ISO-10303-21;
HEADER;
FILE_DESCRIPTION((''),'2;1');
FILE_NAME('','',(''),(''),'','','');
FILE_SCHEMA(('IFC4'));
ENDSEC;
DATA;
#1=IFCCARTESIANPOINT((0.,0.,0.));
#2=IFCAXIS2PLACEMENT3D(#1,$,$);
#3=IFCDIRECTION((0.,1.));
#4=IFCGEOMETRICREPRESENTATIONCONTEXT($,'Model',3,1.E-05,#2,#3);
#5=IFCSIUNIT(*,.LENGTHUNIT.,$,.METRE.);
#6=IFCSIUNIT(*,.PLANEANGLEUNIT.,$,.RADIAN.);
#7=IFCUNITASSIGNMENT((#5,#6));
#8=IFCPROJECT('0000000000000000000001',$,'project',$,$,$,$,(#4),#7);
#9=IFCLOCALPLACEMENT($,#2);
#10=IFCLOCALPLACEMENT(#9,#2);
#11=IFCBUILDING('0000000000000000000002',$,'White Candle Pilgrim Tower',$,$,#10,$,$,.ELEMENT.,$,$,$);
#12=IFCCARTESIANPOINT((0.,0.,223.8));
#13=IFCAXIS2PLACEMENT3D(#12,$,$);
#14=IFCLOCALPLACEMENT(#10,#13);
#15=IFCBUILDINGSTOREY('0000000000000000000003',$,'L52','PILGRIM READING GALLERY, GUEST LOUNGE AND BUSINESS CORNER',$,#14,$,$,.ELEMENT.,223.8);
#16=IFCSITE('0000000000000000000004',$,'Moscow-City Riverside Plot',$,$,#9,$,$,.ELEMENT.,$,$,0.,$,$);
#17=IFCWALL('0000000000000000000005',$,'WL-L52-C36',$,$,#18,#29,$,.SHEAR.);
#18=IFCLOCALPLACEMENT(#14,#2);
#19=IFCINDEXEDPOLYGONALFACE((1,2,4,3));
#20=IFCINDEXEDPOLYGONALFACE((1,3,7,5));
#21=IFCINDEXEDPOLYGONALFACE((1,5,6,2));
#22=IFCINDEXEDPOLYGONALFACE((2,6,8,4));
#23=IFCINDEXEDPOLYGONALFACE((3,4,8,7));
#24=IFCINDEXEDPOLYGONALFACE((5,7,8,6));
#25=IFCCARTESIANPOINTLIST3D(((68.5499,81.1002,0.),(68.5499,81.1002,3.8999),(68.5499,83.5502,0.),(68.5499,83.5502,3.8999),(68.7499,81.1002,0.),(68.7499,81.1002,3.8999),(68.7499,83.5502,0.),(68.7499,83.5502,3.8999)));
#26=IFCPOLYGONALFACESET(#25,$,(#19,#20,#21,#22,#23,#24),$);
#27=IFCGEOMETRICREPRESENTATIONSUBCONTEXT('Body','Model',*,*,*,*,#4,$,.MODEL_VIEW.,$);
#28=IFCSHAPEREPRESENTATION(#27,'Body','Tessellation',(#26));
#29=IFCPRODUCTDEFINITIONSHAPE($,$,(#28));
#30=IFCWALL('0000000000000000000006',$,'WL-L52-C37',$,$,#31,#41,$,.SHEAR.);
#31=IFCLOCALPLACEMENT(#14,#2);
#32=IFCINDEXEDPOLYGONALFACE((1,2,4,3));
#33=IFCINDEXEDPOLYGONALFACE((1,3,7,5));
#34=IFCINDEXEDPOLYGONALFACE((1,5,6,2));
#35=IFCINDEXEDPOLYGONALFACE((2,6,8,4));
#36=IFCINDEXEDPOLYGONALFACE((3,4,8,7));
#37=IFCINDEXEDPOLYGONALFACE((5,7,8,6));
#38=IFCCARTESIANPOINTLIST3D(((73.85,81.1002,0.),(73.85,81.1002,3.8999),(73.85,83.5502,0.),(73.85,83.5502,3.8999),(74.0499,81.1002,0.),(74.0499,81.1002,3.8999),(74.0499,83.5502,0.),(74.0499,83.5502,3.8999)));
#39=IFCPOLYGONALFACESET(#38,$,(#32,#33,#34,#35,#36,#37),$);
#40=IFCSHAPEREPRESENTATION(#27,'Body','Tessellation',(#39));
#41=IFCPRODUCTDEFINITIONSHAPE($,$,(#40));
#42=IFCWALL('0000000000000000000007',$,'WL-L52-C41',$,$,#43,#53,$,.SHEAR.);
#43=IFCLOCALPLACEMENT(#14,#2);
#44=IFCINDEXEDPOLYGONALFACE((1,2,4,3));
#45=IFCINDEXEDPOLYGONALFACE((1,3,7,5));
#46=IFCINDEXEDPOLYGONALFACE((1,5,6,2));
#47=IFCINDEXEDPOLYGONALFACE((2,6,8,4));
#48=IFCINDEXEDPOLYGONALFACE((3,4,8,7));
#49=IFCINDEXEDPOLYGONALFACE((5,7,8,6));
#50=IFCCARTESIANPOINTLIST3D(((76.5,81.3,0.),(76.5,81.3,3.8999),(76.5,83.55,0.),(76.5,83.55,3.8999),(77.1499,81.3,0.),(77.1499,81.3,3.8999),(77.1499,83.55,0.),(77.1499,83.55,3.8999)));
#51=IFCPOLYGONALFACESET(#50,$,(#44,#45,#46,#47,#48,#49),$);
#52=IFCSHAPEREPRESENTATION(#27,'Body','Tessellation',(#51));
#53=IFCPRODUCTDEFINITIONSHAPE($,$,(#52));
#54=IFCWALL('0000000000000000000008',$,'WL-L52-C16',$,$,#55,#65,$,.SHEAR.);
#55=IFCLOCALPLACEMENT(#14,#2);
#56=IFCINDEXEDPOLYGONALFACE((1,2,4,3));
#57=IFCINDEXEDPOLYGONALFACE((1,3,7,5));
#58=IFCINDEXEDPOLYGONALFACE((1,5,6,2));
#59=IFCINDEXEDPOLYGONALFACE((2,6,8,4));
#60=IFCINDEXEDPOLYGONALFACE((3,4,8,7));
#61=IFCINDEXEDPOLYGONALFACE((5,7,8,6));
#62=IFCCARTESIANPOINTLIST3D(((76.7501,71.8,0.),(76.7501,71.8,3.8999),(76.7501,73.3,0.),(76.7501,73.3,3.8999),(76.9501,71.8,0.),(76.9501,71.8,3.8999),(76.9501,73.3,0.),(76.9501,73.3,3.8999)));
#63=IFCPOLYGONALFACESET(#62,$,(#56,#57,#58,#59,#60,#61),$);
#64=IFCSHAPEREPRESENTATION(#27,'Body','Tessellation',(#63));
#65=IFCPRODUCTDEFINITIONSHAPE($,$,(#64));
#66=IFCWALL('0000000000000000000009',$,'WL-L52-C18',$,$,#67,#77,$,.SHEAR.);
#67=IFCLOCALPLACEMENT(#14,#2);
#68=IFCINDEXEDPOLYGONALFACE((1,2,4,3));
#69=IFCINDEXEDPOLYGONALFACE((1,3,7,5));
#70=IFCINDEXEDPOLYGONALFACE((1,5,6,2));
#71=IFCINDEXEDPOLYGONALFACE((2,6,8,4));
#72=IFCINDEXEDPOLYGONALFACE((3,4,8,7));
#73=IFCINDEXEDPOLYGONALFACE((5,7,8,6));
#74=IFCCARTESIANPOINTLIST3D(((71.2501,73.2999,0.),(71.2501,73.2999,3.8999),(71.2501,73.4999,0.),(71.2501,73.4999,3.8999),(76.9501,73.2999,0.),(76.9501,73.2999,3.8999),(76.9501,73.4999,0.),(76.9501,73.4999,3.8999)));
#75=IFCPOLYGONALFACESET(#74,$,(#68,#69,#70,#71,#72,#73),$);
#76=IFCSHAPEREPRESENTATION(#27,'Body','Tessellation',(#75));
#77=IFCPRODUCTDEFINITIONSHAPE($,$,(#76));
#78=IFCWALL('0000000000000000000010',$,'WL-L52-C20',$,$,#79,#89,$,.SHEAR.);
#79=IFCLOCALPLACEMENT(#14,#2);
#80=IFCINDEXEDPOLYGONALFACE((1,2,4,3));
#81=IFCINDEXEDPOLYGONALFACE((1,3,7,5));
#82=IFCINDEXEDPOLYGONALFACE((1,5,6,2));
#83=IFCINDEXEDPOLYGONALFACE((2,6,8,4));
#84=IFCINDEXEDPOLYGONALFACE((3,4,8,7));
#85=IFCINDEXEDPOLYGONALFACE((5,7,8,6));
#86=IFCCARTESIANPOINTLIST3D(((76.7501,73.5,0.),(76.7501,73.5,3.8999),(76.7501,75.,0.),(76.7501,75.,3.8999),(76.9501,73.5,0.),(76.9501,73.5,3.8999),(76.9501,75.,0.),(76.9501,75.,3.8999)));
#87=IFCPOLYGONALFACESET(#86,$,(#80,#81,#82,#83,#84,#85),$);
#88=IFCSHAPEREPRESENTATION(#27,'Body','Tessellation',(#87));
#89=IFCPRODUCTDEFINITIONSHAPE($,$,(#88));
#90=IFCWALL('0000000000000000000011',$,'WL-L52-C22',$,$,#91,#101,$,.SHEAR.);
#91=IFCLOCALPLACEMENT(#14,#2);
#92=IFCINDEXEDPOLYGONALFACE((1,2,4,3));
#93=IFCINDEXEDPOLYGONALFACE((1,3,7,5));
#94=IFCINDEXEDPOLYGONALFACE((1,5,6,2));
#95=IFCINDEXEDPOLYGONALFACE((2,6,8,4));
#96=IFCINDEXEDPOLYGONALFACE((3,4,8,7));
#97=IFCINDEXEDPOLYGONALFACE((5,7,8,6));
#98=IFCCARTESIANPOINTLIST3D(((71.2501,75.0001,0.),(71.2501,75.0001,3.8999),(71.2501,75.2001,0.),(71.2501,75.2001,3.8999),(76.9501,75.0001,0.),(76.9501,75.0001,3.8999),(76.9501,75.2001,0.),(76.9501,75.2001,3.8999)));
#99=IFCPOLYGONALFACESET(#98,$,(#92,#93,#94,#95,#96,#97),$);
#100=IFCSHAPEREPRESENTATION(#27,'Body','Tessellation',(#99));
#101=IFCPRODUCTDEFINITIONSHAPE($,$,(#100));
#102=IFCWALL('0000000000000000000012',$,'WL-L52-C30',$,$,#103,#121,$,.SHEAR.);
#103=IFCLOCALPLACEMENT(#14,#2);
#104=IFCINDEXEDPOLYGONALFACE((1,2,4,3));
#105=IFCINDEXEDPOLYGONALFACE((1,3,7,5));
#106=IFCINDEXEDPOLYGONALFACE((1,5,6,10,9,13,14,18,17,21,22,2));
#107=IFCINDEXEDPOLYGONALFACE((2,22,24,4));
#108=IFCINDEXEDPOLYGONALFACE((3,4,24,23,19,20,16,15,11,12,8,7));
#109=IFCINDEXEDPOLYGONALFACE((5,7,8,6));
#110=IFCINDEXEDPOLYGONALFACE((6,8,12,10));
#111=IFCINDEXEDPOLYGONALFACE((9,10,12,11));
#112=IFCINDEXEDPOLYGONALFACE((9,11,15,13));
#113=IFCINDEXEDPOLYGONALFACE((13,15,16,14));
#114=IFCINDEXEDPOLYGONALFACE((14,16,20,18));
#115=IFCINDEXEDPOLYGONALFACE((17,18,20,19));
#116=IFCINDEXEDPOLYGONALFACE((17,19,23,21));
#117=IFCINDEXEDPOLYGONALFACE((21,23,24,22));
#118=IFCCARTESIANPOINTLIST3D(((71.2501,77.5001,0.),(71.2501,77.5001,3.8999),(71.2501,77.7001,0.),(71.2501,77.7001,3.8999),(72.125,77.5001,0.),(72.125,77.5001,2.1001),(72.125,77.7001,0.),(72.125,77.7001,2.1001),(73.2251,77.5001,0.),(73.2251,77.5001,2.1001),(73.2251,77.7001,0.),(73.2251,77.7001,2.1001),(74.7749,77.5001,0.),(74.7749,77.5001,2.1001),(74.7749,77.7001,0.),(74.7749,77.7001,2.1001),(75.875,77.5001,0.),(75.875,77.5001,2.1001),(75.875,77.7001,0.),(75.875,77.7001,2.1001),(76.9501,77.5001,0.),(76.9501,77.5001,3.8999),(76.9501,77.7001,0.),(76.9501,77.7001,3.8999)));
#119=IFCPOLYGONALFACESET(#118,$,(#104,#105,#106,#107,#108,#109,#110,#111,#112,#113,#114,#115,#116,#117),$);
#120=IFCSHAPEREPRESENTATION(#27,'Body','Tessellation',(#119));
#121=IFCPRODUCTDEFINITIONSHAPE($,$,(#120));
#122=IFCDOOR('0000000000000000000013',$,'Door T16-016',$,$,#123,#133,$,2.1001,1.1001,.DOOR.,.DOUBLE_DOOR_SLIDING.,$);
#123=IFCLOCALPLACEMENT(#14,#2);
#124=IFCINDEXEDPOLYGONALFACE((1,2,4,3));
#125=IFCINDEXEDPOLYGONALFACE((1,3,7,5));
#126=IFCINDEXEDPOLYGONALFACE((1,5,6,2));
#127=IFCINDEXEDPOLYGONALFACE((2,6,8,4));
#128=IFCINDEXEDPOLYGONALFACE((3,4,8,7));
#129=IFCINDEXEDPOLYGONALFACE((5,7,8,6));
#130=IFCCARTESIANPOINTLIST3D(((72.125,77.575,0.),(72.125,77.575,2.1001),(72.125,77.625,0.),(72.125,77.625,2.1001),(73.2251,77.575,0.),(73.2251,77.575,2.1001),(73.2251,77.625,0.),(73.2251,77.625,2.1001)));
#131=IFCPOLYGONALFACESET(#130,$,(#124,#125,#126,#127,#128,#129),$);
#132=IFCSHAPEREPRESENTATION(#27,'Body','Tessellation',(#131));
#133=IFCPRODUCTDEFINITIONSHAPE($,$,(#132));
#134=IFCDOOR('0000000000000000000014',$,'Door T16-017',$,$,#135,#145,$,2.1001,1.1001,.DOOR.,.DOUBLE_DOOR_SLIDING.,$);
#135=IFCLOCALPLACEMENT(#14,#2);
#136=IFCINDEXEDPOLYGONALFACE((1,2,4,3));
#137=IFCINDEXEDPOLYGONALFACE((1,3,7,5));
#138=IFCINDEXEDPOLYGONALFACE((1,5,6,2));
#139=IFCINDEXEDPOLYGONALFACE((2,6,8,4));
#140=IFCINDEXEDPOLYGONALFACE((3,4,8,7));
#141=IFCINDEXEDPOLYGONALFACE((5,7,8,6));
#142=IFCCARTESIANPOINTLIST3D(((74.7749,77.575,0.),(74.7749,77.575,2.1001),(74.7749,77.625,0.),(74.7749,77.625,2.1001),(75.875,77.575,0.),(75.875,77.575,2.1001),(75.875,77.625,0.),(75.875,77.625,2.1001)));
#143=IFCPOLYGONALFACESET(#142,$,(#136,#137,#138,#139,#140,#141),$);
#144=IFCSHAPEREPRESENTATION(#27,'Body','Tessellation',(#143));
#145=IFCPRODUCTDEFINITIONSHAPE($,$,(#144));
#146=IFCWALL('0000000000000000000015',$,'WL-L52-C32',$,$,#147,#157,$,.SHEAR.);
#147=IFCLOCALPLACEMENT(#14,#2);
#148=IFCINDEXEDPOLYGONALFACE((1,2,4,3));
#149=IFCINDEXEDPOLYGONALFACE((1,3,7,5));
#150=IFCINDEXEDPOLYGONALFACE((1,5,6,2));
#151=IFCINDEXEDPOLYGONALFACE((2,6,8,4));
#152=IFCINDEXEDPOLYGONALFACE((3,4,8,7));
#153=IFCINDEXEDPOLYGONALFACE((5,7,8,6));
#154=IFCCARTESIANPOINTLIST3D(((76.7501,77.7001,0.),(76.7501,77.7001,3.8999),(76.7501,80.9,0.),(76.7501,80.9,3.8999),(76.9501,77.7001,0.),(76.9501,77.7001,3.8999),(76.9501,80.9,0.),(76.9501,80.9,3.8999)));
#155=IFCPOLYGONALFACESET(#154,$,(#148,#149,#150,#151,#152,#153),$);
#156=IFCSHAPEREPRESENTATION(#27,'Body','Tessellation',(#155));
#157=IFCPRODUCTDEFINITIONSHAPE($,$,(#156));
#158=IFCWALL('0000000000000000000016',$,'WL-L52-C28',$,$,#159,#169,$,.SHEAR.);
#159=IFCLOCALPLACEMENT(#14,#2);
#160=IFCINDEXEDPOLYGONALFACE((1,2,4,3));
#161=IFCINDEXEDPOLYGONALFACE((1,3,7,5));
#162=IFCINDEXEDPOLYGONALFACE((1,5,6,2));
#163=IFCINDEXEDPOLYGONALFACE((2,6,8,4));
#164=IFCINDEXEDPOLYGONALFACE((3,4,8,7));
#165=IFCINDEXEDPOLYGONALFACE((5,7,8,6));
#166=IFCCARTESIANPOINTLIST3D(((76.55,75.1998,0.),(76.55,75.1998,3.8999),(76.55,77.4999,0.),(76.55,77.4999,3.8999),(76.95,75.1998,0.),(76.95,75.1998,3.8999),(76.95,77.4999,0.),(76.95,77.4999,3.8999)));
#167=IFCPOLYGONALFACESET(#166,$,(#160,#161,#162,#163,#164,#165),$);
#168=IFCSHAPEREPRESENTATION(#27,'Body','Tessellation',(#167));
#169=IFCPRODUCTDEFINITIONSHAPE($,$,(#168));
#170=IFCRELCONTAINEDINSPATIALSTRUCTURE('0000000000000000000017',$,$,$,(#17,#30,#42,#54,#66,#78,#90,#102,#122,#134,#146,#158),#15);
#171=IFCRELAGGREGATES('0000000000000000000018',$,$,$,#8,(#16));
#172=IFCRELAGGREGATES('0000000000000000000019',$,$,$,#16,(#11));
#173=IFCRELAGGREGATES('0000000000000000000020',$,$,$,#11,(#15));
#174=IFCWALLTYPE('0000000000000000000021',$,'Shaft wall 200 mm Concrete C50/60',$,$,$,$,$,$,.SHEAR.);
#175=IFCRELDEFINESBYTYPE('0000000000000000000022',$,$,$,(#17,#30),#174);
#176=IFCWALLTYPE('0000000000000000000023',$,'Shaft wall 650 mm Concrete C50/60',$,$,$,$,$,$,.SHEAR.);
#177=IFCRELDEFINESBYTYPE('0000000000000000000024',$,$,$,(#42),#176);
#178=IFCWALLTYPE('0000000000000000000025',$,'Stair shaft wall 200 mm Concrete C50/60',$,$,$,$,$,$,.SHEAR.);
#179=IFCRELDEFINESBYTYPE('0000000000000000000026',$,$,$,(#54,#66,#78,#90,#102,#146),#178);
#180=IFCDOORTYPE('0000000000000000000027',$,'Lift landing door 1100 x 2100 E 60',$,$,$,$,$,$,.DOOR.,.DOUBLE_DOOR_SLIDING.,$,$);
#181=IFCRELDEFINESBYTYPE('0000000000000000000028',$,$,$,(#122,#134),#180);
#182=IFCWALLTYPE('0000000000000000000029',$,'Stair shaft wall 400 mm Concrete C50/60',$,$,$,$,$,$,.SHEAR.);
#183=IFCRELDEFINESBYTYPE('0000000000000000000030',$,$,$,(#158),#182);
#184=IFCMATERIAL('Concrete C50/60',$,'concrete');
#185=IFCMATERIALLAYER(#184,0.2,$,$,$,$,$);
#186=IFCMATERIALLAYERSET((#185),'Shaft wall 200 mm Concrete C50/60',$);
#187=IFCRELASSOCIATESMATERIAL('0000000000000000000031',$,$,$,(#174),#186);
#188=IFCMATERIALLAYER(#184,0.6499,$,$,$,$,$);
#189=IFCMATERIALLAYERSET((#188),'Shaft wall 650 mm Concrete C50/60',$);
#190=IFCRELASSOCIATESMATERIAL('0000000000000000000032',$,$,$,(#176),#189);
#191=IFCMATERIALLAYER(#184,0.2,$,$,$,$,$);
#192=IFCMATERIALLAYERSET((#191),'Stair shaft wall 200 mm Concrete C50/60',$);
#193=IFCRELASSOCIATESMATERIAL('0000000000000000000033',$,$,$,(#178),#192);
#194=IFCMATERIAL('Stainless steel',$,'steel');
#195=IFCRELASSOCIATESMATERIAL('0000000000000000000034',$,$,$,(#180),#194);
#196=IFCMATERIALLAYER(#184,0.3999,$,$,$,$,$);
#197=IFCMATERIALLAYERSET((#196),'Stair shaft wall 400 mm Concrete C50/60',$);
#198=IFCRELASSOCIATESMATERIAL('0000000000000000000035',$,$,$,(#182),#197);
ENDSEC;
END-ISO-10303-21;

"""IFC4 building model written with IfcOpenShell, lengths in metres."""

from ifc_helpers import new_model, si_unit, direction, frame, frame_2d, origin, place, context, subcontext, project, spatial, rectangle, extrude, material, layer, layer_set, type_object, element, fill, save


model = new_model("IFC4")

# Units and contexts
model_context = context("Model", 3, precision=1e-05, world=origin(), true_north=direction((0.0, 1.0)))
body_context = subcontext(model_context, "Body", "Model", "MODEL_VIEW")
ifc_project = project(units=[si_unit("LENGTHUNIT", "METRE"), si_unit("PLANEANGLEUNIT", "RADIAN")], contexts=[model_context])

# Site, building, storey
site_placement = place(None, origin())
site = spatial("IfcSite", under=ifc_project, at=site_placement, Name="Moscow-City Riverside Plot", CompositionType="ELEMENT", RefElevation=0.0)
building_placement = place(site_placement, origin())
building = spatial("IfcBuilding", under=site, at=building_placement, Name="White Candle Pilgrim Tower", CompositionType="ELEMENT")
storey_placement = place(building_placement, frame((0.0, 0.0, 223.8)))
storey = spatial("IfcBuildingStorey", under=building, at=storey_placement, Name="L52", Description="PILGRIM READING GALLERY, GUEST LOUNGE AND BUSINESS CORNER", CompositionType="ELEMENT", Elevation=223.8)

# Shared definitions
ifc_material_1 = material(Name="Concrete C50/60", Category="concrete")

# Walls
ifc_layer_1 = layer(ifc_material_1, 0.2)
ifc_layer_set_1 = layer_set([ifc_layer_1], Name="Shaft wall 200 mm Concrete C50/60")
wall_type_1 = type_object("IfcWallType", Name="Shaft wall 200 mm Concrete C50/60", PredefinedType="SHEAR", material=ifc_layer_set_1)
for number, where, z_axis, x_axis, name in (
    (1, (68.6499, 81.1001, 0.0), (0.0, 0.0, 1.0), (0.0, 1.0, 0.0), "WL-L52-C36"),
    (2, (73.95, 81.1001, 0.0), (0.0, 0.0, 1.0), (0.0, 1.0, 0.0), "WL-L52-C37"),
):
    element("IfcWall", number, at=place(storey_placement, frame(where, z_axis=z_axis, x_axis=x_axis)), inside=storey, type_object=wall_type_1, Name=name, PredefinedType="SHEAR", context=body_context, shape_type="SweptSolid", body=[
        extrude(rectangle(XDim=2.45, YDim=0.2, at=frame_2d((1.2251, 0.0))), origin(), (0.0, 0.0, 1.0), 3.8999),
    ])
ifc_layer_2 = layer(ifc_material_1, 0.6499)
ifc_layer_set_2 = layer_set([ifc_layer_2], Name="Shaft wall 650 mm Concrete C50/60")
wall_type_2 = type_object("IfcWallType", Name="Shaft wall 650 mm Concrete C50/60", PredefinedType="SHEAR", material=ifc_layer_set_2)
wall_1_placement = place(storey_placement, frame((76.825, 81.3, 0.0), z_axis=(0.0, 0.0, 1.0), x_axis=(0.0, 1.0, 0.0)))
element("IfcWall", 3, at=wall_1_placement, inside=storey, type_object=wall_type_2, Name="WL-L52-C41", PredefinedType="SHEAR", context=body_context, shape_type="SweptSolid", body=[
    extrude(rectangle(XDim=2.25, YDim=0.6499, at=frame_2d((1.125, 0.0))), origin(), (0.0, 0.0, 1.0), 3.8999),
])
ifc_layer_3 = layer(ifc_material_1, 0.2)
ifc_layer_set_3 = layer_set([ifc_layer_3], Name="Stair shaft wall 200 mm Concrete C50/60")
wall_type_3 = type_object("IfcWallType", Name="Stair shaft wall 200 mm Concrete C50/60", PredefinedType="SHEAR", material=ifc_layer_set_3)
wall_2_placement = place(storey_placement, frame((76.8501, 71.8, 0.0), z_axis=(0.0, 0.0, 1.0), x_axis=(0.0, 1.0, 0.0)))
element("IfcWall", 4, at=wall_2_placement, inside=storey, type_object=wall_type_3, Name="WL-L52-C16", PredefinedType="SHEAR", context=body_context, shape_type="SweptSolid", body=[
    extrude(rectangle(XDim=1.5, YDim=0.2, at=frame_2d((0.75, 0.0))), origin(), (0.0, 0.0, 1.0), 3.8999),
])
wall_3_placement = place(storey_placement, frame((71.25, 73.3999, 0.0), z_axis=(0.0, 0.0, 1.0), x_axis=(1.0, 0.0, 0.0)))
element("IfcWall", 5, at=wall_3_placement, inside=storey, type_object=wall_type_3, Name="WL-L52-C18", PredefinedType="SHEAR", context=body_context, shape_type="SweptSolid", body=[
    extrude(rectangle(XDim=5.7, YDim=0.2, at=frame_2d((2.8501, 0.0))), origin(), (0.0, 0.0, 1.0), 3.8999),
])
wall_4_placement = place(storey_placement, frame((76.8501, 73.5, 0.0), z_axis=(0.0, 0.0, 1.0), x_axis=(0.0, 1.0, 0.0)))
element("IfcWall", 6, at=wall_4_placement, inside=storey, type_object=wall_type_3, Name="WL-L52-C20", PredefinedType="SHEAR", context=body_context, shape_type="SweptSolid", body=[
    extrude(rectangle(XDim=1.5, YDim=0.2, at=frame_2d((0.75, 0.0))), origin(), (0.0, 0.0, 1.0), 3.8999),
])
wall_5_placement = place(storey_placement, frame((71.25, 75.1001, 0.0), z_axis=(0.0, 0.0, 1.0), x_axis=(1.0, 0.0, 0.0)))
element("IfcWall", 7, at=wall_5_placement, inside=storey, type_object=wall_type_3, Name="WL-L52-C22", PredefinedType="SHEAR", context=body_context, shape_type="SweptSolid", body=[
    extrude(rectangle(XDim=5.7, YDim=0.2, at=frame_2d((2.8501, 0.0))), origin(), (0.0, 0.0, 1.0), 3.8999),
])

# Wall, openings, doors
wall_6_placement = place(storey_placement, frame((71.25, 77.6001, 0.0), z_axis=(0.0, 0.0, 1.0), x_axis=(1.0, 0.0, 0.0)))
wall_6 = element("IfcWall", 8, at=wall_6_placement, inside=storey, type_object=wall_type_3, Name="WL-L52-C30", PredefinedType="SHEAR", context=body_context, shape_type="SweptSolid", body=[
    extrude(rectangle(XDim=5.7, YDim=0.2, at=frame_2d((2.8501, 0.0))), origin(), (0.0, 0.0, 1.0), 3.8999),
])
opening_1_placement = place(wall_6_placement, frame((0.875, 0.0, 0.0)))
opening_1 = element("IfcOpeningElement", 9, at=opening_1_placement, cuts=wall_6, PredefinedType="OPENING", context=body_context, shape_type="SweptSolid", body=[
    extrude(rectangle(XDim=1.1001, YDim=2.1001, at=frame_2d((0.55, 1.05))), frame((0.0, 0.1099, 0.0), z_axis=(0.0, -1.0, 0.0), x_axis=(1.0, 0.0, 0.0)), (0.0, 0.0, 1.0), 0.22),
])
opening_2_placement = place(wall_6_placement, frame((3.5249, 0.0, 0.0)))
opening_2 = element("IfcOpeningElement", 10, at=opening_2_placement, cuts=wall_6, PredefinedType="OPENING", context=body_context, shape_type="SweptSolid", body=[
    extrude(rectangle(XDim=1.1001, YDim=2.1001, at=frame_2d((0.55, 1.05))), frame((0.0, 0.1099, 0.0), z_axis=(0.0, -1.0, 0.0), x_axis=(1.0, 0.0, 0.0)), (0.0, 0.0, 1.0), 0.22),
])
ifc_material_2 = material(Name="Stainless steel", Category="steel")
door_type_1 = type_object("IfcDoorType", Name="Lift landing door 1100 x 2100 E 60", OperationType="DOUBLE_DOOR_SLIDING", PredefinedType="DOOR", material=ifc_material_2)
door_1_placement = place(opening_1_placement, origin())
door_1 = element("IfcDoor", 11, at=door_1_placement, inside=storey, type_object=door_type_1, Name="Door T16-016", OperationType="DOUBLE_DOOR_SLIDING", OverallHeight=2.1001, OverallWidth=1.1001, PredefinedType="DOOR", context=body_context, shape_type="SweptSolid", body=[
    extrude(rectangle(XDim=1.1001, YDim=2.1001, at=frame_2d((0.55, 1.05))), frame((0.0, 0.0249, 0.0), z_axis=(0.0, -1.0, 0.0), x_axis=(1.0, 0.0, 0.0)), (0.0, 0.0, 1.0), 0.05),
])
fill(opening_1, door_1)
door_2_placement = place(opening_2_placement, origin())
door_2 = element("IfcDoor", 12, at=door_2_placement, inside=storey, type_object=door_type_1, Name="Door T16-017", OperationType="DOUBLE_DOOR_SLIDING", OverallHeight=2.1001, OverallWidth=1.1001, PredefinedType="DOOR", context=body_context, shape_type="SweptSolid", body=[
    extrude(rectangle(XDim=1.1001, YDim=2.1001, at=frame_2d((0.55, 1.05))), frame((0.0, 0.0249, 0.0), z_axis=(0.0, -1.0, 0.0), x_axis=(1.0, 0.0, 0.0)), (0.0, 0.0, 1.0), 0.05),
])
fill(opening_2, door_2)

# Walls
wall_7_placement = place(storey_placement, frame((76.8501, 77.7, 0.0), z_axis=(0.0, 0.0, 1.0), x_axis=(0.0, 1.0, 0.0)))
element("IfcWall", 13, at=wall_7_placement, inside=storey, type_object=wall_type_3, Name="WL-L52-C32", PredefinedType="SHEAR", context=body_context, shape_type="SweptSolid", body=[
    extrude(rectangle(XDim=3.2, YDim=0.2, at=frame_2d((1.6001, 0.0))), origin(), (0.0, 0.0, 1.0), 3.8999),
])
ifc_layer_4 = layer(ifc_material_1, 0.3999)
ifc_layer_set_4 = layer_set([ifc_layer_4], Name="Stair shaft wall 400 mm Concrete C50/60")
wall_type_4 = type_object("IfcWallType", Name="Stair shaft wall 400 mm Concrete C50/60", PredefinedType="SHEAR", material=ifc_layer_set_4)
wall_8_placement = place(storey_placement, frame((76.75, 75.2, 0.0), z_axis=(0.0, 0.0, 1.0), x_axis=(0.0, 1.0, 0.0)))
element("IfcWall", 14, at=wall_8_placement, inside=storey, type_object=wall_type_4, Name="WL-L52-C28", PredefinedType="SHEAR", context=body_context, shape_type="SweptSolid", body=[
    extrude(rectangle(XDim=2.3, YDim=0.3999, at=frame_2d((1.1499, 0.0))), origin(), (0.0, 0.0, 1.0), 3.8999),
])

save(model, "model.ifc")
